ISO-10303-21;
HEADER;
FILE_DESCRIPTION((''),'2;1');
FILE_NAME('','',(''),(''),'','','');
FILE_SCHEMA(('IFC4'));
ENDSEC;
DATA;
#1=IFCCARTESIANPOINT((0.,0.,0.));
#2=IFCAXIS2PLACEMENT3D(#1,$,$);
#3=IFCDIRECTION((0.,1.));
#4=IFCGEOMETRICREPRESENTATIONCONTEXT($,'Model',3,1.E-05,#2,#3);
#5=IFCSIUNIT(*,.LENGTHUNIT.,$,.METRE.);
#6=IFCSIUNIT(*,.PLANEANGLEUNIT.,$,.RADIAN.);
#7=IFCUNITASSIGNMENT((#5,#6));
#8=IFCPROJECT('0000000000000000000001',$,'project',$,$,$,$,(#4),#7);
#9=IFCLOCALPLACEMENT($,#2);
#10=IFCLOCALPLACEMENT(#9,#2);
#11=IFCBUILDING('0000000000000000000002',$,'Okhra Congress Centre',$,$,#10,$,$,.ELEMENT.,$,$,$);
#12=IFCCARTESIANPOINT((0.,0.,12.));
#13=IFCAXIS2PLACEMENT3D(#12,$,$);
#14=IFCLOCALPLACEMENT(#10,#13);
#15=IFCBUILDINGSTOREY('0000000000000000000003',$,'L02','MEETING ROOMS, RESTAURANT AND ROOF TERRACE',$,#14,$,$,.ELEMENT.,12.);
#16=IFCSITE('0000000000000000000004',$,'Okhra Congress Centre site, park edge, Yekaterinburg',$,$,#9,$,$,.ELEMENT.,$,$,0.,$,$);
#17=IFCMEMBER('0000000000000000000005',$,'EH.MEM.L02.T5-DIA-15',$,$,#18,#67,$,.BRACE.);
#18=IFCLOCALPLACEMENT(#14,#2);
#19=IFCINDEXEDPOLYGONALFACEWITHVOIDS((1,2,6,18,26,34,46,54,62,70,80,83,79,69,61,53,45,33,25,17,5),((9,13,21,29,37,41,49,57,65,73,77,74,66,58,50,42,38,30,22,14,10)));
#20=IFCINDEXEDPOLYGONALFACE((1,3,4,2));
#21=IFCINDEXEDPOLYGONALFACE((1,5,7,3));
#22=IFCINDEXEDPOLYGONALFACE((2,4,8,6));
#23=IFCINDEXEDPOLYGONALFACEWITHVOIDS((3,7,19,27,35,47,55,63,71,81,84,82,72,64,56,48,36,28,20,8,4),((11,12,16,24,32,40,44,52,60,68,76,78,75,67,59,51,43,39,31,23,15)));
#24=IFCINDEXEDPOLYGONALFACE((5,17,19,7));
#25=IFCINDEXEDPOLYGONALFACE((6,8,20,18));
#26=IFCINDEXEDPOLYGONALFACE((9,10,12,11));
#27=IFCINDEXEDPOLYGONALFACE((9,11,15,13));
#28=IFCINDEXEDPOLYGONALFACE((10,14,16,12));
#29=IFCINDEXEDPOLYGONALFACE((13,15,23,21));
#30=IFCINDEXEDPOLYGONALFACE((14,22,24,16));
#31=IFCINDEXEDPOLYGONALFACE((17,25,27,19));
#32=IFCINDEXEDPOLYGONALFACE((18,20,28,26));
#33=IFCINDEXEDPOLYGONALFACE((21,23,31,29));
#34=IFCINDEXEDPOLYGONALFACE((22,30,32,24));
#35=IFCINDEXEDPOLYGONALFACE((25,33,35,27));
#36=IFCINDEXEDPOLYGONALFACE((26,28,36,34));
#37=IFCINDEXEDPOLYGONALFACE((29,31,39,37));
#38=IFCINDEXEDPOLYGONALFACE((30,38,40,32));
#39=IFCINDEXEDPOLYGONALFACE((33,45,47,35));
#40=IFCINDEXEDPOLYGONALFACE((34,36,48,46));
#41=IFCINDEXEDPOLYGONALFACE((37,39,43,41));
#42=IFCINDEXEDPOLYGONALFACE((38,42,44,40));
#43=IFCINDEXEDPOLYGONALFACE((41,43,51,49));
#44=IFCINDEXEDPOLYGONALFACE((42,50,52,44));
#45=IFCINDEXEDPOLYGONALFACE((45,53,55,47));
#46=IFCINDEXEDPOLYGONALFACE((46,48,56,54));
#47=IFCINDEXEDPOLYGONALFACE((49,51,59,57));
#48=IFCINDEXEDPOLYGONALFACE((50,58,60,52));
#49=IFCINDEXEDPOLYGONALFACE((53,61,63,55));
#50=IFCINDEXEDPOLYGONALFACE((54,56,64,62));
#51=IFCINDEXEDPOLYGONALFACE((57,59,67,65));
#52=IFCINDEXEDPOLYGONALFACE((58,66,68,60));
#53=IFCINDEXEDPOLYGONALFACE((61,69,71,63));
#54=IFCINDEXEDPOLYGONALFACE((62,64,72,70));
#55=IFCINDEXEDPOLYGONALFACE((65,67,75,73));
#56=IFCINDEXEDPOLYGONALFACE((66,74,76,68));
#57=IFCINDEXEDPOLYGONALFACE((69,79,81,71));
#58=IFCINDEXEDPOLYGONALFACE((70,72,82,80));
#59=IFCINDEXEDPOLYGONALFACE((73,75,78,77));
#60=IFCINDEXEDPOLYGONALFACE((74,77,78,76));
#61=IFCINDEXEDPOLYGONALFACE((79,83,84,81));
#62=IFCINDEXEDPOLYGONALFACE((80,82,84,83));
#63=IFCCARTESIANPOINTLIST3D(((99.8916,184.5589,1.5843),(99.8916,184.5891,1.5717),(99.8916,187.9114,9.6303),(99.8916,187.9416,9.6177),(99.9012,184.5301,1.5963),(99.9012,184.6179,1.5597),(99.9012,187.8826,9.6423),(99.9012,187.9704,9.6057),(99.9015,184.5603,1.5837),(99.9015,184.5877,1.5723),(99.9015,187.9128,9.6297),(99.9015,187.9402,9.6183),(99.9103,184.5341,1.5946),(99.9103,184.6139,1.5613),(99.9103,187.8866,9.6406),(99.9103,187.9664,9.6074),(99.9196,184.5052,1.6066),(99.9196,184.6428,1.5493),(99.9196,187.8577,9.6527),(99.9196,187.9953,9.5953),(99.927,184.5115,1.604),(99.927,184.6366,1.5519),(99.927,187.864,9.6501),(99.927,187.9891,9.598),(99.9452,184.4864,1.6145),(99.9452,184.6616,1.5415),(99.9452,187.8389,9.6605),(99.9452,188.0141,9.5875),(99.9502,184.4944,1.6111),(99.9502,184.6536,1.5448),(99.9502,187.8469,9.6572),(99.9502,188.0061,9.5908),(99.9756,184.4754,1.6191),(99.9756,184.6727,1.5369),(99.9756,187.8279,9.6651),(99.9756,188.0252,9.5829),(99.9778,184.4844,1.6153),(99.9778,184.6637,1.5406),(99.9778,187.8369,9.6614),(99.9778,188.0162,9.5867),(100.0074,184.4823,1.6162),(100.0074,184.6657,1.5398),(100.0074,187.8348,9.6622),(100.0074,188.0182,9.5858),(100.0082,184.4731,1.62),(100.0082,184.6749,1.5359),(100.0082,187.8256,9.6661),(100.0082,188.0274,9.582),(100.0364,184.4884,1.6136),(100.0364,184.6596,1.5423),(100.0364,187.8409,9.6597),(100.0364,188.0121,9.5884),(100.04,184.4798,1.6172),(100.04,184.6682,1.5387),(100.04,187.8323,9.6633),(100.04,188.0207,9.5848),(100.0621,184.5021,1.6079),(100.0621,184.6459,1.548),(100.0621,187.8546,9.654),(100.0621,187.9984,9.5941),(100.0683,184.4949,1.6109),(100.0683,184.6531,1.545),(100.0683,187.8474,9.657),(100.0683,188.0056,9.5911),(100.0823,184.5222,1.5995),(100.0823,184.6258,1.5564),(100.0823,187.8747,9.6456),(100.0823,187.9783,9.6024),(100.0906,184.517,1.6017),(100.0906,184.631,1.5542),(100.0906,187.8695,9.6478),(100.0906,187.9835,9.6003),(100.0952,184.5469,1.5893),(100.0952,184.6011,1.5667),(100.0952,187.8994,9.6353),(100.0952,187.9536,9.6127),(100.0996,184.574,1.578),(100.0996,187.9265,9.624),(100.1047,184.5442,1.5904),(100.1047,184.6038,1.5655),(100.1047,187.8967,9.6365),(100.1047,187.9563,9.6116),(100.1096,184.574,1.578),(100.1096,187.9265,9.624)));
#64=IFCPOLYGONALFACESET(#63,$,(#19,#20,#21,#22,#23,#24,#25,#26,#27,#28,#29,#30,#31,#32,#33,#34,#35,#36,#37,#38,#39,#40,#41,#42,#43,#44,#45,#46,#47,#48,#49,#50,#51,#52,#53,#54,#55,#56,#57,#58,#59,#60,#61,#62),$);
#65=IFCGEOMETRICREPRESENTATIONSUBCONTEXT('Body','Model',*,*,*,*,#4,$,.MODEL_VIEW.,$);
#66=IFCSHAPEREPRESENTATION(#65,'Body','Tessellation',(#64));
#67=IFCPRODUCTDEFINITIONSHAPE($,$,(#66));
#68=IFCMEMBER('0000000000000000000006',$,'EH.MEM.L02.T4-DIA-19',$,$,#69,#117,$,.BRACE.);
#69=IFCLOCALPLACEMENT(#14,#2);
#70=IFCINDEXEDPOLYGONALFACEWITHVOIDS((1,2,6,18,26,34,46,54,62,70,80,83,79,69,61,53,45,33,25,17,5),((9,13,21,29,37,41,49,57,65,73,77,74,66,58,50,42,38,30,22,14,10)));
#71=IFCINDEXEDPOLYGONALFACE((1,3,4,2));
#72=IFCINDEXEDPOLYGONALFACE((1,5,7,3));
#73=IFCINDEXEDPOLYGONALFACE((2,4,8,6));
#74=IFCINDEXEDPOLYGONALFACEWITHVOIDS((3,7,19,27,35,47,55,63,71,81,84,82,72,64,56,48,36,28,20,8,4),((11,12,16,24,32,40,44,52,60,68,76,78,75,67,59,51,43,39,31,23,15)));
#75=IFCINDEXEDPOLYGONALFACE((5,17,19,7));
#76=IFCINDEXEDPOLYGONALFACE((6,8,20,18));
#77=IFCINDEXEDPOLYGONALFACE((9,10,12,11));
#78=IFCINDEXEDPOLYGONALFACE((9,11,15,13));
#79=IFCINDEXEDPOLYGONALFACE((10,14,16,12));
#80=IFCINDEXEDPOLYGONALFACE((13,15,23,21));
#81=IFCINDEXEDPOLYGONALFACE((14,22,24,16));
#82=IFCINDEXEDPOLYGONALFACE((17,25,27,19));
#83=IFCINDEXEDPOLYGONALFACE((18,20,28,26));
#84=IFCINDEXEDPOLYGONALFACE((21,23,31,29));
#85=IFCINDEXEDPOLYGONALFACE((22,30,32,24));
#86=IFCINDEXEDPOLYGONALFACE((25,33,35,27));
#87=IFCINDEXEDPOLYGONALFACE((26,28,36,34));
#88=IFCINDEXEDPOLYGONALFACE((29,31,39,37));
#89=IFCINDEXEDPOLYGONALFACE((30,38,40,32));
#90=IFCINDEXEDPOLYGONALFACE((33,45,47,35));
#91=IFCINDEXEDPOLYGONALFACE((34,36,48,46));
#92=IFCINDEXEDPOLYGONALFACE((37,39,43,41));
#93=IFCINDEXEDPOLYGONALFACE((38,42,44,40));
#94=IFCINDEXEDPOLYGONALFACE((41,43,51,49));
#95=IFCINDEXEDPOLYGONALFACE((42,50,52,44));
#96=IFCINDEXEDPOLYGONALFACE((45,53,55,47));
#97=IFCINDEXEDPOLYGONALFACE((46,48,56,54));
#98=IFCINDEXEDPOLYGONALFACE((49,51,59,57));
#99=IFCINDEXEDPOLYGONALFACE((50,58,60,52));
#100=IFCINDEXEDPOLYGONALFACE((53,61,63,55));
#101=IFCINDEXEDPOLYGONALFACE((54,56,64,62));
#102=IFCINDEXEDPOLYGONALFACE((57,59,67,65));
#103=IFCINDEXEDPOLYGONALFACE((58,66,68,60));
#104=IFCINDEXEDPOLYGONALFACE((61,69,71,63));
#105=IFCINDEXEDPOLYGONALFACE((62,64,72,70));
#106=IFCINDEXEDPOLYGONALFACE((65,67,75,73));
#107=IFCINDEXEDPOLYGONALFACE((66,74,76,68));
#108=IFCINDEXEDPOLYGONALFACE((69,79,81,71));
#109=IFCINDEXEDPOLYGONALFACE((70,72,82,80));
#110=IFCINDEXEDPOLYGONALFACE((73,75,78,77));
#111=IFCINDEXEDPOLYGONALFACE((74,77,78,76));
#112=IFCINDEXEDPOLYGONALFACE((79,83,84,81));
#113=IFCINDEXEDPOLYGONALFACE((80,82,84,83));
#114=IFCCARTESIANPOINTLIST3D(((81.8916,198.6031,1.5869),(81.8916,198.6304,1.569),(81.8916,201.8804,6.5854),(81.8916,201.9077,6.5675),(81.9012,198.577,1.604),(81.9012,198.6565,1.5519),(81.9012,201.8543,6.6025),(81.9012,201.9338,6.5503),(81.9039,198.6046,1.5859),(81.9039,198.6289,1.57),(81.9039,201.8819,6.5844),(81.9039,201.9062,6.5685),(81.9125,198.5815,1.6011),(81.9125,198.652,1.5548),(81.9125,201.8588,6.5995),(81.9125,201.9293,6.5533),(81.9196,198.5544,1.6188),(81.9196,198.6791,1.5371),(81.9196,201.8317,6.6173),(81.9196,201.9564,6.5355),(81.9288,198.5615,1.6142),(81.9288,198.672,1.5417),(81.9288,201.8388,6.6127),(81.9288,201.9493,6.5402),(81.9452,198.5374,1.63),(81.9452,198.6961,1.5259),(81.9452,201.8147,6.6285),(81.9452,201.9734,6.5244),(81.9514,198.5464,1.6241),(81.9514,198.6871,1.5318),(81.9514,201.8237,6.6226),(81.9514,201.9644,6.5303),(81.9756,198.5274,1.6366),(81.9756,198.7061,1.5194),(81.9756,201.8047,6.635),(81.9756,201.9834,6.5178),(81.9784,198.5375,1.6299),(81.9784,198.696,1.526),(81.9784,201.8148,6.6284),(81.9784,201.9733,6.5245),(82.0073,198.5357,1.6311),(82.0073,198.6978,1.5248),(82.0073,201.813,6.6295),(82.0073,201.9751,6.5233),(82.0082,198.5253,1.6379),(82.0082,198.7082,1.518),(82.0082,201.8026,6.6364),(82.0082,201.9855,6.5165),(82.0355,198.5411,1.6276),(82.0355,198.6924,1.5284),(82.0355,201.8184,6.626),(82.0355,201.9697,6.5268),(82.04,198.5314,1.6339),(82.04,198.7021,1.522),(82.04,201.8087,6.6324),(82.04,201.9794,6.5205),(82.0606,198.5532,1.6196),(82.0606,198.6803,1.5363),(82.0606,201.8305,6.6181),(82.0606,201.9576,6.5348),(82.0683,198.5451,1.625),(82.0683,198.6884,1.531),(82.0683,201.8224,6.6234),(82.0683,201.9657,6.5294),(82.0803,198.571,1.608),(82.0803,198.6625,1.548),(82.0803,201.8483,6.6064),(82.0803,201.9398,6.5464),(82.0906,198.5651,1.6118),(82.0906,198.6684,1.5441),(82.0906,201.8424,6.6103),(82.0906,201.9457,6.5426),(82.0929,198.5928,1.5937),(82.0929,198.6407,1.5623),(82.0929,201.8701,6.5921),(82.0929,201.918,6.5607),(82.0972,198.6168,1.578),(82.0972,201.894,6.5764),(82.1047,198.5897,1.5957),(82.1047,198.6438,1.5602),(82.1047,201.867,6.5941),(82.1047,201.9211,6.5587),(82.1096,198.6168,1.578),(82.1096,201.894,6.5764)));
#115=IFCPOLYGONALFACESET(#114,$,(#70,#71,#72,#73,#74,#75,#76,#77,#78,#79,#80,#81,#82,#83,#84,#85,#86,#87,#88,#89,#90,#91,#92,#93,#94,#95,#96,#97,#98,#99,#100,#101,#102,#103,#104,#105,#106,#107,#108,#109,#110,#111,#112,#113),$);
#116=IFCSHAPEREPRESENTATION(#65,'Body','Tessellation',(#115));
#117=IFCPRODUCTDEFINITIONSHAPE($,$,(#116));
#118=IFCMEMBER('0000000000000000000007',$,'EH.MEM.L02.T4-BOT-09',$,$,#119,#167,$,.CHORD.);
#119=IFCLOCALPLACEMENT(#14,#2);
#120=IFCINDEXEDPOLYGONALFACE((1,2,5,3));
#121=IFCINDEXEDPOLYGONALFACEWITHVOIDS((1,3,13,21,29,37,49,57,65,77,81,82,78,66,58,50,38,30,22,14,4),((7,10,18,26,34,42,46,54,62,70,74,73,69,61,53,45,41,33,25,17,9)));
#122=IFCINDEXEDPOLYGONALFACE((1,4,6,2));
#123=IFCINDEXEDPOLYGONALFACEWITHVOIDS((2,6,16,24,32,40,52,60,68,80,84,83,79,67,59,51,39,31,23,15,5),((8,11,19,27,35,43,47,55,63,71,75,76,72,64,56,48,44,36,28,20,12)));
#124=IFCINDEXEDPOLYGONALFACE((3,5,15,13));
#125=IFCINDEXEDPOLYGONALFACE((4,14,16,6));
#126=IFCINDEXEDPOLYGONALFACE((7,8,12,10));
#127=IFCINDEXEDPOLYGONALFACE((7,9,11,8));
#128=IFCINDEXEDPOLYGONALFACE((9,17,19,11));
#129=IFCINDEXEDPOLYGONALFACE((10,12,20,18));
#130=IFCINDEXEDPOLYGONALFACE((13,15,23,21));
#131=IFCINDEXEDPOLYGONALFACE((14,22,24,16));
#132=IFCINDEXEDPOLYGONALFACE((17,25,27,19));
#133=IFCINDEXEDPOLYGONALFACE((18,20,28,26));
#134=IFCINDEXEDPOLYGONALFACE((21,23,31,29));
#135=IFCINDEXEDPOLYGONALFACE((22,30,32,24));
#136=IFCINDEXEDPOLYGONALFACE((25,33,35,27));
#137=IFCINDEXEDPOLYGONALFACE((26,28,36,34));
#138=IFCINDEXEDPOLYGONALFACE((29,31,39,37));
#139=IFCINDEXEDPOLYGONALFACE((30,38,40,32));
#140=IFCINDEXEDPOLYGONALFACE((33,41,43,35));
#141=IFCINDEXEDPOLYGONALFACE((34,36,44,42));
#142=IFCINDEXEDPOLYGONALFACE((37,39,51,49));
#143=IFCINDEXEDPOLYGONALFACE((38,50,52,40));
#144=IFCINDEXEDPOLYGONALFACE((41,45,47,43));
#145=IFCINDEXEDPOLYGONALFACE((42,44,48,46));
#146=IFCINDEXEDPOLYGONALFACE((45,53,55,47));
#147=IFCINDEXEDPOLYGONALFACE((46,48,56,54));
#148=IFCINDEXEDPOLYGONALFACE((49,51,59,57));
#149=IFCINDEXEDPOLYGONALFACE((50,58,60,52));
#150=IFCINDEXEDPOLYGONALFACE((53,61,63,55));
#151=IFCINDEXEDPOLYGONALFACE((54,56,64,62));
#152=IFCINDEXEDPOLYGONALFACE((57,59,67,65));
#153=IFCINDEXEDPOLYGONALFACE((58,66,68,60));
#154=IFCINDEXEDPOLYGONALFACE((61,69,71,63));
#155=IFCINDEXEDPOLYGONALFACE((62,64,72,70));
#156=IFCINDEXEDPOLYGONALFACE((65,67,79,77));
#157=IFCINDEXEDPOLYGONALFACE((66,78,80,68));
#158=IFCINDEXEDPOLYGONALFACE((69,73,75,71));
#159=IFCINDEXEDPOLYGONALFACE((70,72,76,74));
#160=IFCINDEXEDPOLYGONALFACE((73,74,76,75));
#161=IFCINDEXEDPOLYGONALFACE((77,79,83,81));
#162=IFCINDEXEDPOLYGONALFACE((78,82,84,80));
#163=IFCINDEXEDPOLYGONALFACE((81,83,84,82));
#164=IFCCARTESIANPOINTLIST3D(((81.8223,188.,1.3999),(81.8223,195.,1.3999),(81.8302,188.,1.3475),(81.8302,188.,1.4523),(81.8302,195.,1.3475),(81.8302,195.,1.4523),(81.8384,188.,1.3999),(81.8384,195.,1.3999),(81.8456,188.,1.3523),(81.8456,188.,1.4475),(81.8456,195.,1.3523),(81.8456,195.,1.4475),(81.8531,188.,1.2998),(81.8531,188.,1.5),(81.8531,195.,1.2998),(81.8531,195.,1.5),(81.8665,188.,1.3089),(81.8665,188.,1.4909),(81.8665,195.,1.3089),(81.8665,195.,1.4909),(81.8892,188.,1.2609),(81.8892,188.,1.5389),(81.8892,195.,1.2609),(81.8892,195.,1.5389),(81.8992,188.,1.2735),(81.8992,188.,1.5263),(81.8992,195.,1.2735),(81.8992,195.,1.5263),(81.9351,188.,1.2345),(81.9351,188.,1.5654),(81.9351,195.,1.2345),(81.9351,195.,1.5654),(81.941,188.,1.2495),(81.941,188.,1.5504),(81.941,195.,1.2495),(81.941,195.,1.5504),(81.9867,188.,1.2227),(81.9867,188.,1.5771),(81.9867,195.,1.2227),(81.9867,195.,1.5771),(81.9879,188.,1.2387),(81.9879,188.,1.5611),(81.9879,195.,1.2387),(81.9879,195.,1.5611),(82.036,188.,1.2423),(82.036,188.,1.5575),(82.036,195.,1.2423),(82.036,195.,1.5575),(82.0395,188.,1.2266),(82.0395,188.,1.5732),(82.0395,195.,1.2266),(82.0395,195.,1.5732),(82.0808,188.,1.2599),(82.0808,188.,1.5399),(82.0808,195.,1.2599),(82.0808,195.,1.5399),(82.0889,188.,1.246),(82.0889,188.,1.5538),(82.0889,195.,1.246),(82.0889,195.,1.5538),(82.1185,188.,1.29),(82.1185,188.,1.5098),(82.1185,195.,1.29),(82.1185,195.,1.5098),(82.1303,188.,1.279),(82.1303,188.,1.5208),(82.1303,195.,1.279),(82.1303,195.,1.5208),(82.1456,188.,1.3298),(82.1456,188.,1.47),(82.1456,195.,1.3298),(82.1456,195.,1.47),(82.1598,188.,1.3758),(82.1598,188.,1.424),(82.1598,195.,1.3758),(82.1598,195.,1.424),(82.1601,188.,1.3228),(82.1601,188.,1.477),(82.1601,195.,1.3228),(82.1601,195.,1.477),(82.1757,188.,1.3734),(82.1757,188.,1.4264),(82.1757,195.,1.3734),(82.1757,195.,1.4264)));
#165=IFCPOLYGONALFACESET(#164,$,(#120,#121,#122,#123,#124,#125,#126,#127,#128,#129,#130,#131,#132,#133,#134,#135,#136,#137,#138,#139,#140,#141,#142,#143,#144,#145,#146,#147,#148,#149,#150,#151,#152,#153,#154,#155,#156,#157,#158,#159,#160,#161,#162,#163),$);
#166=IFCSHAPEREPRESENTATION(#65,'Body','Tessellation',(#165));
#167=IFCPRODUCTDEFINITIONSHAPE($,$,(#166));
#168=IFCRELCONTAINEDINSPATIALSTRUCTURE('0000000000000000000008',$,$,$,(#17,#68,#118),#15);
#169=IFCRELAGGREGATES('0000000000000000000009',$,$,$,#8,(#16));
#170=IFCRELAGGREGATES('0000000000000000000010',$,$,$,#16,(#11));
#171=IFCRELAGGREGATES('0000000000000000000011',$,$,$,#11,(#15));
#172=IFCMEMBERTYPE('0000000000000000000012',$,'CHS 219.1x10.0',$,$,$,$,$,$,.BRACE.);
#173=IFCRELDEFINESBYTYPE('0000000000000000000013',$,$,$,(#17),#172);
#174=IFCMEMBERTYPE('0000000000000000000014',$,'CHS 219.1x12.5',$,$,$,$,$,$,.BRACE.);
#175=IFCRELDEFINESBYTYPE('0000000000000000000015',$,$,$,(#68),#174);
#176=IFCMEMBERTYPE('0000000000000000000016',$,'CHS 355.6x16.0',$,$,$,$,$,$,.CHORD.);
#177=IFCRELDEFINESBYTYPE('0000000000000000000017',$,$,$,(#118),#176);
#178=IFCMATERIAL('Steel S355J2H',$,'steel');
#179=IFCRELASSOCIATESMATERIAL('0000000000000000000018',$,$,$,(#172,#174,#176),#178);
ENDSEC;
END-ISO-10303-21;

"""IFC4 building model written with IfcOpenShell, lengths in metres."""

from ifc_helpers import new_model, si_unit, direction, frame, origin, origin_2d, place, context, subcontext, project, spatial, hollow_circle, extrude, material, material_profile, profile_set, type_object, element, save


model = new_model("IFC4")

# Units and contexts
model_context = context("Model", 3, precision=1e-05, world=origin(), true_north=direction((0.0, 1.0)))
body_context = subcontext(model_context, "Body", "Model", "MODEL_VIEW")
ifc_project = project(units=[si_unit("LENGTHUNIT", "METRE"), si_unit("PLANEANGLEUNIT", "RADIAN")], contexts=[model_context])

# Site, building, storey
site_placement = place(None, origin())
site = spatial("IfcSite", under=ifc_project, at=site_placement, Name="Okhra Congress Centre site, park edge, Yekaterinburg", CompositionType="ELEMENT", RefElevation=0.0)
building_placement = place(site_placement, origin())
building = spatial("IfcBuilding", under=site, at=building_placement, Name="Okhra Congress Centre", CompositionType="ELEMENT")
storey_placement = place(building_placement, frame((0.0, 0.0, 12.0)))
storey = spatial("IfcBuildingStorey", under=building, at=storey_placement, Name="L02", Description="MEETING ROOMS, RESTAURANT AND ROOF TERRACE", CompositionType="ELEMENT", Elevation=12.0)

# Members
ifc_material_1 = material(Name="Steel S355J2H", Category="steel")
ifc_material_profile_1 = material_profile(ifc_material_1, hollow_circle(Radius=0.1096, WallThickness=0.01, at=origin_2d()), Name="CHS 219.1x10.0")
ifc_profile_set_1 = profile_set([ifc_material_profile_1], Name="Steel S355J2H")
member_type_1 = type_object("IfcMemberType", Name="CHS 219.1x10.0", PredefinedType="BRACE", material=ifc_profile_set_1)
member_1_placement = place(storey_placement, frame((100.0, 187.9265, 9.624), z_axis=(0.0, -0.384613, -0.923078), x_axis=(1.0, 0.0, 0.0)))
element("IfcMember", 1, at=member_1_placement, inside=storey, type_object=member_type_1, Name="EH.MEM.L02.T5-DIA-15", PredefinedType="BRACE", context=body_context, shape_type="SweptSolid", body=[
    extrude(hollow_circle(Radius=0.1096, WallThickness=0.01, at=origin_2d()), origin(), (0.0, 0.0, 1.0), 8.7166),
])
ifc_material_profile_2 = material_profile(ifc_material_1, hollow_circle(Radius=0.1096, WallThickness=0.0125, at=origin_2d()), Name="CHS 219.1x12.5")
ifc_profile_set_2 = profile_set([ifc_material_profile_2], Name="Steel S355J2H")
member_type_2 = type_object("IfcMemberType", Name="CHS 219.1x12.5", PredefinedType="BRACE", material=ifc_profile_set_2)
member_2_placement = place(storey_placement, frame((82.0, 201.894, 6.5764), z_axis=(0.0, -0.548312, -0.836274), x_axis=(1.0, 0.0, 0.0)))
element("IfcMember", 2, at=member_2_placement, inside=storey, type_object=member_type_2, Name="EH.MEM.L02.T4-DIA-19", PredefinedType="BRACE", context=body_context, shape_type="SweptSolid", body=[
    extrude(hollow_circle(Radius=0.1096, WallThickness=0.0125, at=origin_2d()), origin(), (0.0, 0.0, 1.0), 5.9771),
])
ifc_material_profile_3 = material_profile(ifc_material_1, hollow_circle(Radius=0.1777, WallThickness=0.0161, at=origin_2d()), Name="CHS 355.6x16.0")
ifc_profile_set_3 = profile_set([ifc_material_profile_3], Name="Steel S355J2H")
member_type_3 = type_object("IfcMemberType", Name="CHS 355.6x16.0", PredefinedType="CHORD", material=ifc_profile_set_3)
for number, where, z_axis, x_axis, name in (
    (3, (82.0, 188.0, 1.3999), (0.0, 1.0, 0.0), (-1.0, 0.0, 0.0), "EH.MEM.L02.T4-BOT-09"),
):
    element("IfcMember", number, at=place(storey_placement, frame(where, z_axis=z_axis, x_axis=x_axis)), inside=storey, type_object=member_type_3, Name=name, PredefinedType="CHORD", context=body_context, shape_type="SweptSolid", body=[
        extrude(hollow_circle(Radius=0.1777, WallThickness=0.0161, at=origin_2d()), origin(), (0.0, 0.0, 1.0), 7.0),
    ])

save(model, "model.ifc")
